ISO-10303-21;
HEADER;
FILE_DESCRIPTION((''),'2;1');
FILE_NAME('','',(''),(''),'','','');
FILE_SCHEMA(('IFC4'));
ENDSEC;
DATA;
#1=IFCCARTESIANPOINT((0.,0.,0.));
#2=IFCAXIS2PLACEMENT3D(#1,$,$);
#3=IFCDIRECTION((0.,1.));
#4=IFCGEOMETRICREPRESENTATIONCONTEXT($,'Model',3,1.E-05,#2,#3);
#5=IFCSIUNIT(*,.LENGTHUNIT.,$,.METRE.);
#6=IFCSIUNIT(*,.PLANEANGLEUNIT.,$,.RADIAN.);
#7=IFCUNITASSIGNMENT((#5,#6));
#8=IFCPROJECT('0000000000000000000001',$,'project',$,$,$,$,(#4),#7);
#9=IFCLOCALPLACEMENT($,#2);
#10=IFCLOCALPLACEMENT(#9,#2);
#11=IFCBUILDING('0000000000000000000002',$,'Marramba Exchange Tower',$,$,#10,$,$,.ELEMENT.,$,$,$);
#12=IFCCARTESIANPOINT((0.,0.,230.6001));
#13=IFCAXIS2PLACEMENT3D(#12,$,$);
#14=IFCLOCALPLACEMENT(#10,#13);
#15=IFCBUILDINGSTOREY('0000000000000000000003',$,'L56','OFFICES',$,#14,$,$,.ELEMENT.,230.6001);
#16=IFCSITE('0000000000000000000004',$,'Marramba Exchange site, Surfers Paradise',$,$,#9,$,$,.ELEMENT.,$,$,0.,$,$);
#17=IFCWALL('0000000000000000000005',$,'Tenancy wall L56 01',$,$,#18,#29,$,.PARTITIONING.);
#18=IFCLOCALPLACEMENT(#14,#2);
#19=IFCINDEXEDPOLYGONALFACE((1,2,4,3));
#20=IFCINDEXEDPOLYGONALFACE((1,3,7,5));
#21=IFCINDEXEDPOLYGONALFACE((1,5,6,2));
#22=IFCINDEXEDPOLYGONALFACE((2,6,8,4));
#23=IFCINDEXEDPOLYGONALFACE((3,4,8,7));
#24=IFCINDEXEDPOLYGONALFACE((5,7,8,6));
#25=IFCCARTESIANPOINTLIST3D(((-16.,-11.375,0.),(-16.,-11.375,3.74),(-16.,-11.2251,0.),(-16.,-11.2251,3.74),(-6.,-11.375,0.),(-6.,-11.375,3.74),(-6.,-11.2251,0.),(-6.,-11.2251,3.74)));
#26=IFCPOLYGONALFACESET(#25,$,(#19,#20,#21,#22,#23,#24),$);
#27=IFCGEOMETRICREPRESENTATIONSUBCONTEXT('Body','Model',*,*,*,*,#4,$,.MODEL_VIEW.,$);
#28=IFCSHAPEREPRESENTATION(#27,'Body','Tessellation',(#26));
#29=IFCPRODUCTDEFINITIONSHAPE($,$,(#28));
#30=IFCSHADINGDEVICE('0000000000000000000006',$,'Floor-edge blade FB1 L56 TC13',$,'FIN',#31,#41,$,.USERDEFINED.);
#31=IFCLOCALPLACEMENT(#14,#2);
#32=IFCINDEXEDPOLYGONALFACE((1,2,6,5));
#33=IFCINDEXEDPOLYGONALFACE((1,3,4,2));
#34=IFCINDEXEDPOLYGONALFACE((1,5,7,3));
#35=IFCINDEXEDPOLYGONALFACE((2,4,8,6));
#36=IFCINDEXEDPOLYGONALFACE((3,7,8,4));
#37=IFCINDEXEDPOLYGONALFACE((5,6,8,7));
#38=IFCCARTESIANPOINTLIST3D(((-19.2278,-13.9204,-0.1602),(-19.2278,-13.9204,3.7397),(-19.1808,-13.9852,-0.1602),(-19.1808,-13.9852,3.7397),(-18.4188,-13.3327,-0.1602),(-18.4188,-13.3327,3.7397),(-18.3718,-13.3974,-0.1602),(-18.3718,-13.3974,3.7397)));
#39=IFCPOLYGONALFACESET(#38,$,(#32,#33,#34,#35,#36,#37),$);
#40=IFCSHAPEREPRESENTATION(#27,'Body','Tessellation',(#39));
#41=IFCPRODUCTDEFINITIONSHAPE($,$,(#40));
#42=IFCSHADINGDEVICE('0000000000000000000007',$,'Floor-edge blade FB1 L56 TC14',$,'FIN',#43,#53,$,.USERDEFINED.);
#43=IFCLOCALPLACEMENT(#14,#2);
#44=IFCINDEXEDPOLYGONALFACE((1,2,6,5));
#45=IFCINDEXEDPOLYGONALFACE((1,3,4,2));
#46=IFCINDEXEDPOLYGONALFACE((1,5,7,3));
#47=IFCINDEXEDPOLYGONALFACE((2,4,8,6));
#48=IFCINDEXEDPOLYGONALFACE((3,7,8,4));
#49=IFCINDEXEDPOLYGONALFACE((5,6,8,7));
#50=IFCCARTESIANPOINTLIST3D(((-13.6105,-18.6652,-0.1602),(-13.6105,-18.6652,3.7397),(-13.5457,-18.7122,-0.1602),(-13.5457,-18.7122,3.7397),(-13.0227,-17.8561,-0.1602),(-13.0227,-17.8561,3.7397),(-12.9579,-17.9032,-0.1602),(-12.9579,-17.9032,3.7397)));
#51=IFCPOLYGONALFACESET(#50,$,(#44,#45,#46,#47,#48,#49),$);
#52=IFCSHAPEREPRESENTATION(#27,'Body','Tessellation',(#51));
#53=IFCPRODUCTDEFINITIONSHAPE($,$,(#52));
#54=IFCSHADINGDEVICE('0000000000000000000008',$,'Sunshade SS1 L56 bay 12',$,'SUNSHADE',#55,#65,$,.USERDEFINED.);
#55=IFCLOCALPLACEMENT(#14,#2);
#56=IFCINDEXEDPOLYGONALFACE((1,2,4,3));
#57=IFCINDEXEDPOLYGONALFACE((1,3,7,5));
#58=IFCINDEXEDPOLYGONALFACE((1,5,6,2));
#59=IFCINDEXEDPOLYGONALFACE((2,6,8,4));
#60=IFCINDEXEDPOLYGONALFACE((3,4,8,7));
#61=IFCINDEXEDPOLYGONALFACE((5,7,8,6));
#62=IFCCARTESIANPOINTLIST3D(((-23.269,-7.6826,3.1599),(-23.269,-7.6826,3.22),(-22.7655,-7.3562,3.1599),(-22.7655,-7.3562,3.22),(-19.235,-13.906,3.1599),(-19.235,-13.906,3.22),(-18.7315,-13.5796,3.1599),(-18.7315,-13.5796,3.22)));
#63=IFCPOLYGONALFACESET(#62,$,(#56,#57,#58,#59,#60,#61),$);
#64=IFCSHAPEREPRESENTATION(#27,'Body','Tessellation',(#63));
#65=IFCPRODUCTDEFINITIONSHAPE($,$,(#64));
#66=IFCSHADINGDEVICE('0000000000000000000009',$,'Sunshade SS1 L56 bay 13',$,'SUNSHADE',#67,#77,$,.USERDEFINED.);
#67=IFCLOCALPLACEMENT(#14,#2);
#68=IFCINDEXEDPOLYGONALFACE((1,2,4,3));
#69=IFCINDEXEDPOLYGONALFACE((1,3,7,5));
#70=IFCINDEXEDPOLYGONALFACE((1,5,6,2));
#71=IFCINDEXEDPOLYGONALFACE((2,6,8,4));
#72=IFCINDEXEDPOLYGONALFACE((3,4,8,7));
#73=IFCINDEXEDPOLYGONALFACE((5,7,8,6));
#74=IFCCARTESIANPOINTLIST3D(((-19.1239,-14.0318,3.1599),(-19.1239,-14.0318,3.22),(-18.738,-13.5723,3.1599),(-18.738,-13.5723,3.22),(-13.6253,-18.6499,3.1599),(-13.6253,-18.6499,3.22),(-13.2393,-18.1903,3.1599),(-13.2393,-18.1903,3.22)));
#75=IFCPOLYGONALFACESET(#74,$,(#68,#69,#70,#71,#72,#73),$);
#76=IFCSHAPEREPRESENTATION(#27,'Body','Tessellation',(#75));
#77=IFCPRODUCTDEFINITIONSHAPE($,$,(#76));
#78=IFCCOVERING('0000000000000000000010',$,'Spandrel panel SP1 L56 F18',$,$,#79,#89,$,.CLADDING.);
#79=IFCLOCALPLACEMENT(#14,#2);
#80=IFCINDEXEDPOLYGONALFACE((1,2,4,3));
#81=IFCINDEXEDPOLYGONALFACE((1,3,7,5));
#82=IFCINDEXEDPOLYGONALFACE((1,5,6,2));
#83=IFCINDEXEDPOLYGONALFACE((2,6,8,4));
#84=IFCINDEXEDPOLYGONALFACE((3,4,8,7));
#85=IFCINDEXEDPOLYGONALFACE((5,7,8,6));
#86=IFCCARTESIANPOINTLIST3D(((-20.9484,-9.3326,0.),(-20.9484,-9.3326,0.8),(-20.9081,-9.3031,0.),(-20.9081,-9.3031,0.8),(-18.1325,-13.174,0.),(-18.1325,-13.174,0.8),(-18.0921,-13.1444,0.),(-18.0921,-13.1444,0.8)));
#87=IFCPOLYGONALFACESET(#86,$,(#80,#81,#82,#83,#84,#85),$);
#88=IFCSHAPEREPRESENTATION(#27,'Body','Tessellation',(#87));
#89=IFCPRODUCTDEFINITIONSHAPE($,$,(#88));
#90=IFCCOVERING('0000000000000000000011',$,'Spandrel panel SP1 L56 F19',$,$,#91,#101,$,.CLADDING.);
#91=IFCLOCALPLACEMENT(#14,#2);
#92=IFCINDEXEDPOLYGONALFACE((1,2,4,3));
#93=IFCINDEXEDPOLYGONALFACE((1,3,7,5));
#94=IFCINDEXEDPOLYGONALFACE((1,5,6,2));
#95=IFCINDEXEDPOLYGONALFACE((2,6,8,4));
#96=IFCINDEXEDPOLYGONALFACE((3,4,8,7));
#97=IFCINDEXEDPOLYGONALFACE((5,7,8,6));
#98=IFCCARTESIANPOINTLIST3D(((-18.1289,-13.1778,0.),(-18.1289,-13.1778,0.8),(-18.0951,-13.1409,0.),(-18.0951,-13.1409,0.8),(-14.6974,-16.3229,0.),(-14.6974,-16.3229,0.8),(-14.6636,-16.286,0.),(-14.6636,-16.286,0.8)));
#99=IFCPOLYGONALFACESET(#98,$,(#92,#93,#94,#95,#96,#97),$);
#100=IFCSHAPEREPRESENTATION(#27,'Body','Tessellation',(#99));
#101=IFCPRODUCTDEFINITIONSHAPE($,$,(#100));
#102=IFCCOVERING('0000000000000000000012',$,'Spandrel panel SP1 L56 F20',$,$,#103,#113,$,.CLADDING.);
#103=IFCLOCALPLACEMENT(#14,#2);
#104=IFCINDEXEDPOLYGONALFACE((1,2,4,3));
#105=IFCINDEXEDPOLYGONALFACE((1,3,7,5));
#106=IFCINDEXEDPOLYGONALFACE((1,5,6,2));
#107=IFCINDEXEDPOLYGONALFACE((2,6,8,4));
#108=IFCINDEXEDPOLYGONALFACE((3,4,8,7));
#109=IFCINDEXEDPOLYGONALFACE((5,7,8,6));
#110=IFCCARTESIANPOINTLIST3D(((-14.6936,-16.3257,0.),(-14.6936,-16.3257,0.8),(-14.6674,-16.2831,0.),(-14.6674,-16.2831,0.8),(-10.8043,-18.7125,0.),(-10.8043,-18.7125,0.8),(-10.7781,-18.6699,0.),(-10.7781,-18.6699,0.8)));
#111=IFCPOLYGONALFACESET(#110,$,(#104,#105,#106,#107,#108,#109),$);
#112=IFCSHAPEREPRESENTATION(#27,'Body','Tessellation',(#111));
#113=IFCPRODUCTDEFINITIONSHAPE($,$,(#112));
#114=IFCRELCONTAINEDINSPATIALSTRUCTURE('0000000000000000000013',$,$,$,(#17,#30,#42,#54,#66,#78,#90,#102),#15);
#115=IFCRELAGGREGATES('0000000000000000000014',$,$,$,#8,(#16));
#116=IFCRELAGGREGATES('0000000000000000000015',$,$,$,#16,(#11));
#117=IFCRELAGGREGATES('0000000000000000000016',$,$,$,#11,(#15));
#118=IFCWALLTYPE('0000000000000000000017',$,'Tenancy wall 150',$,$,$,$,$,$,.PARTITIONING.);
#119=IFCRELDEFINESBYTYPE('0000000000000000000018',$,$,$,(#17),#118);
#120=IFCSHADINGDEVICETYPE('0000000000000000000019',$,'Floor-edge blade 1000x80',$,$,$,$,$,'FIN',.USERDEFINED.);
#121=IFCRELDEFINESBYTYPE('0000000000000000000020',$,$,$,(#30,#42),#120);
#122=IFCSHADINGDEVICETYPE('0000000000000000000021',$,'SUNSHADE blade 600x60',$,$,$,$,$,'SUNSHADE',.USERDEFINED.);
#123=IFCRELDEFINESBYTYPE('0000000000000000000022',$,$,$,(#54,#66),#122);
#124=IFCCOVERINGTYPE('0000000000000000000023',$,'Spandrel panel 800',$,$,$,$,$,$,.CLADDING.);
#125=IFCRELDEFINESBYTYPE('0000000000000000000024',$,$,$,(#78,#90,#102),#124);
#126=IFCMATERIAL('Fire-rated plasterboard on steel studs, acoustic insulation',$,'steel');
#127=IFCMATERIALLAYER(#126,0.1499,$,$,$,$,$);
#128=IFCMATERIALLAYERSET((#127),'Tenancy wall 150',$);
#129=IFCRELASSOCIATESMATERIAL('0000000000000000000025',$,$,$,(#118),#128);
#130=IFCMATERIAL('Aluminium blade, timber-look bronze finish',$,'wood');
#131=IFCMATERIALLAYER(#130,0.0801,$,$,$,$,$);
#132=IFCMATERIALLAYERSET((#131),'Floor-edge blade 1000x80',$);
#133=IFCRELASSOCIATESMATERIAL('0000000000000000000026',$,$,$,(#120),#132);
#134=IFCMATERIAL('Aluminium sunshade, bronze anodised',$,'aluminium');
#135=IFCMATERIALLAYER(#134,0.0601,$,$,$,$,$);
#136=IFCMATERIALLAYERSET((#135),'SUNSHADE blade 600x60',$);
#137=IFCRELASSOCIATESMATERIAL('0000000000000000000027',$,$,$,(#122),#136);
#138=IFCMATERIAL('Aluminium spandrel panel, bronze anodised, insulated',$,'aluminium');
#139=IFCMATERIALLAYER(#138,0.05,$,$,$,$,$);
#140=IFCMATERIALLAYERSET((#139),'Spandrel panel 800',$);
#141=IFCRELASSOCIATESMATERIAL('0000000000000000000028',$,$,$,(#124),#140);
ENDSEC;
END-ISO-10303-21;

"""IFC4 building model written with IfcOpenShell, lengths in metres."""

from ifc_helpers import new_model, si_unit, direction, frame, frame_2d, origin, origin_2d, place, context, subcontext, project, spatial, rectangle, extrude, material, layer, layer_set, type_object, element, save


model = new_model("IFC4")

# Units and contexts
model_context = context("Model", 3, precision=1e-05, world=origin(), true_north=direction((0.0, 1.0)))
body_context = subcontext(model_context, "Body", "Model", "MODEL_VIEW")
ifc_project = project(units=[si_unit("LENGTHUNIT", "METRE"), si_unit("PLANEANGLEUNIT", "RADIAN")], contexts=[model_context])

# Site, building, storey
site_placement = place(None, origin())
site = spatial("IfcSite", under=ifc_project, at=site_placement, Name="Marramba Exchange site, Surfers Paradise", CompositionType="ELEMENT", RefElevation=0.0)
building_placement = place(site_placement, origin())
building = spatial("IfcBuilding", under=site, at=building_placement, Name="Marramba Exchange Tower", CompositionType="ELEMENT")
storey_placement = place(building_placement, frame((0.0, 0.0, 230.6001)))
storey = spatial("IfcBuildingStorey", under=building, at=storey_placement, Name="L56", Description="OFFICES", CompositionType="ELEMENT", Elevation=230.6001)

# Wall
ifc_material_1 = material(Name="Fire-rated plasterboard on steel studs, acoustic insulation", Category="steel")
ifc_layer_1 = layer(ifc_material_1, 0.1499)
ifc_layer_set_1 = layer_set([ifc_layer_1], Name="Tenancy wall 150")
wall_type_1 = type_object("IfcWallType", Name="Tenancy wall 150", PredefinedType="PARTITIONING", material=ifc_layer_set_1)
wall_1_placement = place(storey_placement, frame((-16.0, -11.3, 0.0), z_axis=(0.0, 0.0, 1.0), x_axis=(1.0, 0.0, 0.0)))
element("IfcWall", 1, at=wall_1_placement, inside=storey, type_object=wall_type_1, Name="Tenancy wall L56 01", PredefinedType="PARTITIONING", context=body_context, shape_type="SweptSolid", body=[
    extrude(rectangle(XDim=10.0, YDim=0.1499, at=frame_2d((5.0, 0.0))), origin(), (0.0, 0.0, 1.0), 3.74),
])

# Shading devices
ifc_material_2 = material(Name="Aluminium blade, timber-look bronze finish", Category="wood")
ifc_layer_2 = layer(ifc_material_2, 0.0801)
ifc_layer_set_2 = layer_set([ifc_layer_2], Name="Floor-edge blade 1000x80")
shading_device_type_1 = type_object("IfcShadingDeviceType", Name="Floor-edge blade 1000x80", ElementType="FIN", PredefinedType="USERDEFINED", material=ifc_layer_set_2)
for number, where, z_axis, x_axis, name in (
    (2, (-18.7998, -13.6589, -0.1602), (0.0, 0.0, 1.0), (-0.809017, -0.587785, 0.0), "Floor-edge blade FB1 L56 TC13"),
    (3, (-13.2842, -18.2842, -0.1602), (0.0, 0.0, 1.0), (-0.587785, -0.809017, 0.0), "Floor-edge blade FB1 L56 TC14"),
):
    element("IfcShadingDevice", number, at=place(storey_placement, frame(where, z_axis=z_axis, x_axis=x_axis)), inside=storey, type_object=shading_device_type_1, Name=name, ObjectType="FIN", PredefinedType="USERDEFINED", context=body_context, shape_type="SweptSolid", body=[
        extrude(rectangle(XDim=1.0, YDim=0.0801, at=origin_2d()), origin(), (0.0, 0.0, 1.0), 3.8999),
    ])
ifc_material_3 = material(Name="Aluminium sunshade, bronze anodised", Category="aluminium")
ifc_layer_3 = layer(ifc_material_3, 0.0601)
ifc_layer_set_3 = layer_set([ifc_layer_3], Name="SUNSHADE blade 600x60")
shading_device_type_2 = type_object("IfcShadingDeviceType", Name="SUNSHADE blade 600x60", ElementType="SUNSHADE", PredefinedType="USERDEFINED", material=ifc_layer_set_3)
shading_device_1_placement = place(storey_placement, frame((-21.0002, -10.6311, 3.1599), z_axis=(0.0, 0.0, 1.0), x_axis=(0.543922, -0.839136, 0.0)))
element("IfcShadingDevice", 4, at=shading_device_1_placement, inside=storey, type_object=shading_device_type_2, Name="Sunshade SS1 L56 bay 12", ObjectType="SUNSHADE", PredefinedType="USERDEFINED", context=body_context, shape_type="SweptSolid", body=[
    extrude(rectangle(XDim=7.4165, YDim=0.6001, at=origin_2d()), origin(), (0.0, 0.0, 1.0), 0.0601),
])
shading_device_2_placement = place(storey_placement, frame((-16.1816, -16.1111, 3.1599), z_axis=(0.0, 0.0, 1.0), x_axis=(0.765762, -0.643124, 0.0)))
element("IfcShadingDevice", 5, at=shading_device_2_placement, inside=storey, type_object=shading_device_type_2, Name="Sunshade SS1 L56 bay 13", ObjectType="SUNSHADE", PredefinedType="USERDEFINED", context=body_context, shape_type="SweptSolid", body=[
    extrude(rectangle(XDim=7.1807, YDim=0.6001, at=origin_2d()), origin(), (0.0, 0.0, 1.0), 0.0601),
])

# Coverings
ifc_material_4 = material(Name="Aluminium spandrel panel, bronze anodised, insulated", Category="aluminium")
ifc_layer_4 = layer(ifc_material_4, 0.05)
ifc_layer_set_4 = layer_set([ifc_layer_4], Name="Spandrel panel 800")
covering_type = type_object("IfcCoveringType", Name="Spandrel panel 800", PredefinedType="CLADDING", material=ifc_layer_set_4)
covering_1_placement = place(storey_placement, frame((-19.5203, -11.2385, 0.0), z_axis=(0.0, 0.0, 1.0), x_axis=(0.591223, -0.806508, 0.0)))
element("IfcCovering", 6, at=covering_1_placement, inside=storey, type_object=covering_type, Name="Spandrel panel SP1 L56 F18", PredefinedType="CLADDING", context=body_context, shape_type="SweptSolid", body=[
    extrude(rectangle(XDim=4.7629, YDim=0.05, at=origin_2d()), origin(), (0.0, 0.0, 1.0), 0.8),
])
covering_2_placement = place(storey_placement, frame((-16.3962, -14.7319, 0.0), z_axis=(0.0, 0.0, 1.0), x_axis=(0.737203, -0.675671, 0.0)))
element("IfcCovering", 7, at=covering_2_placement, inside=storey, type_object=covering_type, Name="Spandrel panel SP1 L56 F19", PredefinedType="CLADDING", context=body_context, shape_type="SweptSolid", body=[
    extrude(rectangle(XDim=4.6548, YDim=0.05, at=origin_2d()), origin(), (0.0, 0.0, 1.0), 0.8),
])
covering_3_placement = place(storey_placement, frame((-12.7358, -17.4978, 0.0), z_axis=(0.0, 0.0, 1.0), x_axis=(0.852301, -0.523052, 0.0)))
element("IfcCovering", 8, at=covering_3_placement, inside=storey, type_object=covering_type, Name="Spandrel panel SP1 L56 F20", PredefinedType="CLADDING", context=body_context, shape_type="SweptSolid", body=[
    extrude(rectangle(XDim=4.5632, YDim=0.05, at=origin_2d()), origin(), (0.0, 0.0, 1.0), 0.8),
])

save(model, "model.ifc")
